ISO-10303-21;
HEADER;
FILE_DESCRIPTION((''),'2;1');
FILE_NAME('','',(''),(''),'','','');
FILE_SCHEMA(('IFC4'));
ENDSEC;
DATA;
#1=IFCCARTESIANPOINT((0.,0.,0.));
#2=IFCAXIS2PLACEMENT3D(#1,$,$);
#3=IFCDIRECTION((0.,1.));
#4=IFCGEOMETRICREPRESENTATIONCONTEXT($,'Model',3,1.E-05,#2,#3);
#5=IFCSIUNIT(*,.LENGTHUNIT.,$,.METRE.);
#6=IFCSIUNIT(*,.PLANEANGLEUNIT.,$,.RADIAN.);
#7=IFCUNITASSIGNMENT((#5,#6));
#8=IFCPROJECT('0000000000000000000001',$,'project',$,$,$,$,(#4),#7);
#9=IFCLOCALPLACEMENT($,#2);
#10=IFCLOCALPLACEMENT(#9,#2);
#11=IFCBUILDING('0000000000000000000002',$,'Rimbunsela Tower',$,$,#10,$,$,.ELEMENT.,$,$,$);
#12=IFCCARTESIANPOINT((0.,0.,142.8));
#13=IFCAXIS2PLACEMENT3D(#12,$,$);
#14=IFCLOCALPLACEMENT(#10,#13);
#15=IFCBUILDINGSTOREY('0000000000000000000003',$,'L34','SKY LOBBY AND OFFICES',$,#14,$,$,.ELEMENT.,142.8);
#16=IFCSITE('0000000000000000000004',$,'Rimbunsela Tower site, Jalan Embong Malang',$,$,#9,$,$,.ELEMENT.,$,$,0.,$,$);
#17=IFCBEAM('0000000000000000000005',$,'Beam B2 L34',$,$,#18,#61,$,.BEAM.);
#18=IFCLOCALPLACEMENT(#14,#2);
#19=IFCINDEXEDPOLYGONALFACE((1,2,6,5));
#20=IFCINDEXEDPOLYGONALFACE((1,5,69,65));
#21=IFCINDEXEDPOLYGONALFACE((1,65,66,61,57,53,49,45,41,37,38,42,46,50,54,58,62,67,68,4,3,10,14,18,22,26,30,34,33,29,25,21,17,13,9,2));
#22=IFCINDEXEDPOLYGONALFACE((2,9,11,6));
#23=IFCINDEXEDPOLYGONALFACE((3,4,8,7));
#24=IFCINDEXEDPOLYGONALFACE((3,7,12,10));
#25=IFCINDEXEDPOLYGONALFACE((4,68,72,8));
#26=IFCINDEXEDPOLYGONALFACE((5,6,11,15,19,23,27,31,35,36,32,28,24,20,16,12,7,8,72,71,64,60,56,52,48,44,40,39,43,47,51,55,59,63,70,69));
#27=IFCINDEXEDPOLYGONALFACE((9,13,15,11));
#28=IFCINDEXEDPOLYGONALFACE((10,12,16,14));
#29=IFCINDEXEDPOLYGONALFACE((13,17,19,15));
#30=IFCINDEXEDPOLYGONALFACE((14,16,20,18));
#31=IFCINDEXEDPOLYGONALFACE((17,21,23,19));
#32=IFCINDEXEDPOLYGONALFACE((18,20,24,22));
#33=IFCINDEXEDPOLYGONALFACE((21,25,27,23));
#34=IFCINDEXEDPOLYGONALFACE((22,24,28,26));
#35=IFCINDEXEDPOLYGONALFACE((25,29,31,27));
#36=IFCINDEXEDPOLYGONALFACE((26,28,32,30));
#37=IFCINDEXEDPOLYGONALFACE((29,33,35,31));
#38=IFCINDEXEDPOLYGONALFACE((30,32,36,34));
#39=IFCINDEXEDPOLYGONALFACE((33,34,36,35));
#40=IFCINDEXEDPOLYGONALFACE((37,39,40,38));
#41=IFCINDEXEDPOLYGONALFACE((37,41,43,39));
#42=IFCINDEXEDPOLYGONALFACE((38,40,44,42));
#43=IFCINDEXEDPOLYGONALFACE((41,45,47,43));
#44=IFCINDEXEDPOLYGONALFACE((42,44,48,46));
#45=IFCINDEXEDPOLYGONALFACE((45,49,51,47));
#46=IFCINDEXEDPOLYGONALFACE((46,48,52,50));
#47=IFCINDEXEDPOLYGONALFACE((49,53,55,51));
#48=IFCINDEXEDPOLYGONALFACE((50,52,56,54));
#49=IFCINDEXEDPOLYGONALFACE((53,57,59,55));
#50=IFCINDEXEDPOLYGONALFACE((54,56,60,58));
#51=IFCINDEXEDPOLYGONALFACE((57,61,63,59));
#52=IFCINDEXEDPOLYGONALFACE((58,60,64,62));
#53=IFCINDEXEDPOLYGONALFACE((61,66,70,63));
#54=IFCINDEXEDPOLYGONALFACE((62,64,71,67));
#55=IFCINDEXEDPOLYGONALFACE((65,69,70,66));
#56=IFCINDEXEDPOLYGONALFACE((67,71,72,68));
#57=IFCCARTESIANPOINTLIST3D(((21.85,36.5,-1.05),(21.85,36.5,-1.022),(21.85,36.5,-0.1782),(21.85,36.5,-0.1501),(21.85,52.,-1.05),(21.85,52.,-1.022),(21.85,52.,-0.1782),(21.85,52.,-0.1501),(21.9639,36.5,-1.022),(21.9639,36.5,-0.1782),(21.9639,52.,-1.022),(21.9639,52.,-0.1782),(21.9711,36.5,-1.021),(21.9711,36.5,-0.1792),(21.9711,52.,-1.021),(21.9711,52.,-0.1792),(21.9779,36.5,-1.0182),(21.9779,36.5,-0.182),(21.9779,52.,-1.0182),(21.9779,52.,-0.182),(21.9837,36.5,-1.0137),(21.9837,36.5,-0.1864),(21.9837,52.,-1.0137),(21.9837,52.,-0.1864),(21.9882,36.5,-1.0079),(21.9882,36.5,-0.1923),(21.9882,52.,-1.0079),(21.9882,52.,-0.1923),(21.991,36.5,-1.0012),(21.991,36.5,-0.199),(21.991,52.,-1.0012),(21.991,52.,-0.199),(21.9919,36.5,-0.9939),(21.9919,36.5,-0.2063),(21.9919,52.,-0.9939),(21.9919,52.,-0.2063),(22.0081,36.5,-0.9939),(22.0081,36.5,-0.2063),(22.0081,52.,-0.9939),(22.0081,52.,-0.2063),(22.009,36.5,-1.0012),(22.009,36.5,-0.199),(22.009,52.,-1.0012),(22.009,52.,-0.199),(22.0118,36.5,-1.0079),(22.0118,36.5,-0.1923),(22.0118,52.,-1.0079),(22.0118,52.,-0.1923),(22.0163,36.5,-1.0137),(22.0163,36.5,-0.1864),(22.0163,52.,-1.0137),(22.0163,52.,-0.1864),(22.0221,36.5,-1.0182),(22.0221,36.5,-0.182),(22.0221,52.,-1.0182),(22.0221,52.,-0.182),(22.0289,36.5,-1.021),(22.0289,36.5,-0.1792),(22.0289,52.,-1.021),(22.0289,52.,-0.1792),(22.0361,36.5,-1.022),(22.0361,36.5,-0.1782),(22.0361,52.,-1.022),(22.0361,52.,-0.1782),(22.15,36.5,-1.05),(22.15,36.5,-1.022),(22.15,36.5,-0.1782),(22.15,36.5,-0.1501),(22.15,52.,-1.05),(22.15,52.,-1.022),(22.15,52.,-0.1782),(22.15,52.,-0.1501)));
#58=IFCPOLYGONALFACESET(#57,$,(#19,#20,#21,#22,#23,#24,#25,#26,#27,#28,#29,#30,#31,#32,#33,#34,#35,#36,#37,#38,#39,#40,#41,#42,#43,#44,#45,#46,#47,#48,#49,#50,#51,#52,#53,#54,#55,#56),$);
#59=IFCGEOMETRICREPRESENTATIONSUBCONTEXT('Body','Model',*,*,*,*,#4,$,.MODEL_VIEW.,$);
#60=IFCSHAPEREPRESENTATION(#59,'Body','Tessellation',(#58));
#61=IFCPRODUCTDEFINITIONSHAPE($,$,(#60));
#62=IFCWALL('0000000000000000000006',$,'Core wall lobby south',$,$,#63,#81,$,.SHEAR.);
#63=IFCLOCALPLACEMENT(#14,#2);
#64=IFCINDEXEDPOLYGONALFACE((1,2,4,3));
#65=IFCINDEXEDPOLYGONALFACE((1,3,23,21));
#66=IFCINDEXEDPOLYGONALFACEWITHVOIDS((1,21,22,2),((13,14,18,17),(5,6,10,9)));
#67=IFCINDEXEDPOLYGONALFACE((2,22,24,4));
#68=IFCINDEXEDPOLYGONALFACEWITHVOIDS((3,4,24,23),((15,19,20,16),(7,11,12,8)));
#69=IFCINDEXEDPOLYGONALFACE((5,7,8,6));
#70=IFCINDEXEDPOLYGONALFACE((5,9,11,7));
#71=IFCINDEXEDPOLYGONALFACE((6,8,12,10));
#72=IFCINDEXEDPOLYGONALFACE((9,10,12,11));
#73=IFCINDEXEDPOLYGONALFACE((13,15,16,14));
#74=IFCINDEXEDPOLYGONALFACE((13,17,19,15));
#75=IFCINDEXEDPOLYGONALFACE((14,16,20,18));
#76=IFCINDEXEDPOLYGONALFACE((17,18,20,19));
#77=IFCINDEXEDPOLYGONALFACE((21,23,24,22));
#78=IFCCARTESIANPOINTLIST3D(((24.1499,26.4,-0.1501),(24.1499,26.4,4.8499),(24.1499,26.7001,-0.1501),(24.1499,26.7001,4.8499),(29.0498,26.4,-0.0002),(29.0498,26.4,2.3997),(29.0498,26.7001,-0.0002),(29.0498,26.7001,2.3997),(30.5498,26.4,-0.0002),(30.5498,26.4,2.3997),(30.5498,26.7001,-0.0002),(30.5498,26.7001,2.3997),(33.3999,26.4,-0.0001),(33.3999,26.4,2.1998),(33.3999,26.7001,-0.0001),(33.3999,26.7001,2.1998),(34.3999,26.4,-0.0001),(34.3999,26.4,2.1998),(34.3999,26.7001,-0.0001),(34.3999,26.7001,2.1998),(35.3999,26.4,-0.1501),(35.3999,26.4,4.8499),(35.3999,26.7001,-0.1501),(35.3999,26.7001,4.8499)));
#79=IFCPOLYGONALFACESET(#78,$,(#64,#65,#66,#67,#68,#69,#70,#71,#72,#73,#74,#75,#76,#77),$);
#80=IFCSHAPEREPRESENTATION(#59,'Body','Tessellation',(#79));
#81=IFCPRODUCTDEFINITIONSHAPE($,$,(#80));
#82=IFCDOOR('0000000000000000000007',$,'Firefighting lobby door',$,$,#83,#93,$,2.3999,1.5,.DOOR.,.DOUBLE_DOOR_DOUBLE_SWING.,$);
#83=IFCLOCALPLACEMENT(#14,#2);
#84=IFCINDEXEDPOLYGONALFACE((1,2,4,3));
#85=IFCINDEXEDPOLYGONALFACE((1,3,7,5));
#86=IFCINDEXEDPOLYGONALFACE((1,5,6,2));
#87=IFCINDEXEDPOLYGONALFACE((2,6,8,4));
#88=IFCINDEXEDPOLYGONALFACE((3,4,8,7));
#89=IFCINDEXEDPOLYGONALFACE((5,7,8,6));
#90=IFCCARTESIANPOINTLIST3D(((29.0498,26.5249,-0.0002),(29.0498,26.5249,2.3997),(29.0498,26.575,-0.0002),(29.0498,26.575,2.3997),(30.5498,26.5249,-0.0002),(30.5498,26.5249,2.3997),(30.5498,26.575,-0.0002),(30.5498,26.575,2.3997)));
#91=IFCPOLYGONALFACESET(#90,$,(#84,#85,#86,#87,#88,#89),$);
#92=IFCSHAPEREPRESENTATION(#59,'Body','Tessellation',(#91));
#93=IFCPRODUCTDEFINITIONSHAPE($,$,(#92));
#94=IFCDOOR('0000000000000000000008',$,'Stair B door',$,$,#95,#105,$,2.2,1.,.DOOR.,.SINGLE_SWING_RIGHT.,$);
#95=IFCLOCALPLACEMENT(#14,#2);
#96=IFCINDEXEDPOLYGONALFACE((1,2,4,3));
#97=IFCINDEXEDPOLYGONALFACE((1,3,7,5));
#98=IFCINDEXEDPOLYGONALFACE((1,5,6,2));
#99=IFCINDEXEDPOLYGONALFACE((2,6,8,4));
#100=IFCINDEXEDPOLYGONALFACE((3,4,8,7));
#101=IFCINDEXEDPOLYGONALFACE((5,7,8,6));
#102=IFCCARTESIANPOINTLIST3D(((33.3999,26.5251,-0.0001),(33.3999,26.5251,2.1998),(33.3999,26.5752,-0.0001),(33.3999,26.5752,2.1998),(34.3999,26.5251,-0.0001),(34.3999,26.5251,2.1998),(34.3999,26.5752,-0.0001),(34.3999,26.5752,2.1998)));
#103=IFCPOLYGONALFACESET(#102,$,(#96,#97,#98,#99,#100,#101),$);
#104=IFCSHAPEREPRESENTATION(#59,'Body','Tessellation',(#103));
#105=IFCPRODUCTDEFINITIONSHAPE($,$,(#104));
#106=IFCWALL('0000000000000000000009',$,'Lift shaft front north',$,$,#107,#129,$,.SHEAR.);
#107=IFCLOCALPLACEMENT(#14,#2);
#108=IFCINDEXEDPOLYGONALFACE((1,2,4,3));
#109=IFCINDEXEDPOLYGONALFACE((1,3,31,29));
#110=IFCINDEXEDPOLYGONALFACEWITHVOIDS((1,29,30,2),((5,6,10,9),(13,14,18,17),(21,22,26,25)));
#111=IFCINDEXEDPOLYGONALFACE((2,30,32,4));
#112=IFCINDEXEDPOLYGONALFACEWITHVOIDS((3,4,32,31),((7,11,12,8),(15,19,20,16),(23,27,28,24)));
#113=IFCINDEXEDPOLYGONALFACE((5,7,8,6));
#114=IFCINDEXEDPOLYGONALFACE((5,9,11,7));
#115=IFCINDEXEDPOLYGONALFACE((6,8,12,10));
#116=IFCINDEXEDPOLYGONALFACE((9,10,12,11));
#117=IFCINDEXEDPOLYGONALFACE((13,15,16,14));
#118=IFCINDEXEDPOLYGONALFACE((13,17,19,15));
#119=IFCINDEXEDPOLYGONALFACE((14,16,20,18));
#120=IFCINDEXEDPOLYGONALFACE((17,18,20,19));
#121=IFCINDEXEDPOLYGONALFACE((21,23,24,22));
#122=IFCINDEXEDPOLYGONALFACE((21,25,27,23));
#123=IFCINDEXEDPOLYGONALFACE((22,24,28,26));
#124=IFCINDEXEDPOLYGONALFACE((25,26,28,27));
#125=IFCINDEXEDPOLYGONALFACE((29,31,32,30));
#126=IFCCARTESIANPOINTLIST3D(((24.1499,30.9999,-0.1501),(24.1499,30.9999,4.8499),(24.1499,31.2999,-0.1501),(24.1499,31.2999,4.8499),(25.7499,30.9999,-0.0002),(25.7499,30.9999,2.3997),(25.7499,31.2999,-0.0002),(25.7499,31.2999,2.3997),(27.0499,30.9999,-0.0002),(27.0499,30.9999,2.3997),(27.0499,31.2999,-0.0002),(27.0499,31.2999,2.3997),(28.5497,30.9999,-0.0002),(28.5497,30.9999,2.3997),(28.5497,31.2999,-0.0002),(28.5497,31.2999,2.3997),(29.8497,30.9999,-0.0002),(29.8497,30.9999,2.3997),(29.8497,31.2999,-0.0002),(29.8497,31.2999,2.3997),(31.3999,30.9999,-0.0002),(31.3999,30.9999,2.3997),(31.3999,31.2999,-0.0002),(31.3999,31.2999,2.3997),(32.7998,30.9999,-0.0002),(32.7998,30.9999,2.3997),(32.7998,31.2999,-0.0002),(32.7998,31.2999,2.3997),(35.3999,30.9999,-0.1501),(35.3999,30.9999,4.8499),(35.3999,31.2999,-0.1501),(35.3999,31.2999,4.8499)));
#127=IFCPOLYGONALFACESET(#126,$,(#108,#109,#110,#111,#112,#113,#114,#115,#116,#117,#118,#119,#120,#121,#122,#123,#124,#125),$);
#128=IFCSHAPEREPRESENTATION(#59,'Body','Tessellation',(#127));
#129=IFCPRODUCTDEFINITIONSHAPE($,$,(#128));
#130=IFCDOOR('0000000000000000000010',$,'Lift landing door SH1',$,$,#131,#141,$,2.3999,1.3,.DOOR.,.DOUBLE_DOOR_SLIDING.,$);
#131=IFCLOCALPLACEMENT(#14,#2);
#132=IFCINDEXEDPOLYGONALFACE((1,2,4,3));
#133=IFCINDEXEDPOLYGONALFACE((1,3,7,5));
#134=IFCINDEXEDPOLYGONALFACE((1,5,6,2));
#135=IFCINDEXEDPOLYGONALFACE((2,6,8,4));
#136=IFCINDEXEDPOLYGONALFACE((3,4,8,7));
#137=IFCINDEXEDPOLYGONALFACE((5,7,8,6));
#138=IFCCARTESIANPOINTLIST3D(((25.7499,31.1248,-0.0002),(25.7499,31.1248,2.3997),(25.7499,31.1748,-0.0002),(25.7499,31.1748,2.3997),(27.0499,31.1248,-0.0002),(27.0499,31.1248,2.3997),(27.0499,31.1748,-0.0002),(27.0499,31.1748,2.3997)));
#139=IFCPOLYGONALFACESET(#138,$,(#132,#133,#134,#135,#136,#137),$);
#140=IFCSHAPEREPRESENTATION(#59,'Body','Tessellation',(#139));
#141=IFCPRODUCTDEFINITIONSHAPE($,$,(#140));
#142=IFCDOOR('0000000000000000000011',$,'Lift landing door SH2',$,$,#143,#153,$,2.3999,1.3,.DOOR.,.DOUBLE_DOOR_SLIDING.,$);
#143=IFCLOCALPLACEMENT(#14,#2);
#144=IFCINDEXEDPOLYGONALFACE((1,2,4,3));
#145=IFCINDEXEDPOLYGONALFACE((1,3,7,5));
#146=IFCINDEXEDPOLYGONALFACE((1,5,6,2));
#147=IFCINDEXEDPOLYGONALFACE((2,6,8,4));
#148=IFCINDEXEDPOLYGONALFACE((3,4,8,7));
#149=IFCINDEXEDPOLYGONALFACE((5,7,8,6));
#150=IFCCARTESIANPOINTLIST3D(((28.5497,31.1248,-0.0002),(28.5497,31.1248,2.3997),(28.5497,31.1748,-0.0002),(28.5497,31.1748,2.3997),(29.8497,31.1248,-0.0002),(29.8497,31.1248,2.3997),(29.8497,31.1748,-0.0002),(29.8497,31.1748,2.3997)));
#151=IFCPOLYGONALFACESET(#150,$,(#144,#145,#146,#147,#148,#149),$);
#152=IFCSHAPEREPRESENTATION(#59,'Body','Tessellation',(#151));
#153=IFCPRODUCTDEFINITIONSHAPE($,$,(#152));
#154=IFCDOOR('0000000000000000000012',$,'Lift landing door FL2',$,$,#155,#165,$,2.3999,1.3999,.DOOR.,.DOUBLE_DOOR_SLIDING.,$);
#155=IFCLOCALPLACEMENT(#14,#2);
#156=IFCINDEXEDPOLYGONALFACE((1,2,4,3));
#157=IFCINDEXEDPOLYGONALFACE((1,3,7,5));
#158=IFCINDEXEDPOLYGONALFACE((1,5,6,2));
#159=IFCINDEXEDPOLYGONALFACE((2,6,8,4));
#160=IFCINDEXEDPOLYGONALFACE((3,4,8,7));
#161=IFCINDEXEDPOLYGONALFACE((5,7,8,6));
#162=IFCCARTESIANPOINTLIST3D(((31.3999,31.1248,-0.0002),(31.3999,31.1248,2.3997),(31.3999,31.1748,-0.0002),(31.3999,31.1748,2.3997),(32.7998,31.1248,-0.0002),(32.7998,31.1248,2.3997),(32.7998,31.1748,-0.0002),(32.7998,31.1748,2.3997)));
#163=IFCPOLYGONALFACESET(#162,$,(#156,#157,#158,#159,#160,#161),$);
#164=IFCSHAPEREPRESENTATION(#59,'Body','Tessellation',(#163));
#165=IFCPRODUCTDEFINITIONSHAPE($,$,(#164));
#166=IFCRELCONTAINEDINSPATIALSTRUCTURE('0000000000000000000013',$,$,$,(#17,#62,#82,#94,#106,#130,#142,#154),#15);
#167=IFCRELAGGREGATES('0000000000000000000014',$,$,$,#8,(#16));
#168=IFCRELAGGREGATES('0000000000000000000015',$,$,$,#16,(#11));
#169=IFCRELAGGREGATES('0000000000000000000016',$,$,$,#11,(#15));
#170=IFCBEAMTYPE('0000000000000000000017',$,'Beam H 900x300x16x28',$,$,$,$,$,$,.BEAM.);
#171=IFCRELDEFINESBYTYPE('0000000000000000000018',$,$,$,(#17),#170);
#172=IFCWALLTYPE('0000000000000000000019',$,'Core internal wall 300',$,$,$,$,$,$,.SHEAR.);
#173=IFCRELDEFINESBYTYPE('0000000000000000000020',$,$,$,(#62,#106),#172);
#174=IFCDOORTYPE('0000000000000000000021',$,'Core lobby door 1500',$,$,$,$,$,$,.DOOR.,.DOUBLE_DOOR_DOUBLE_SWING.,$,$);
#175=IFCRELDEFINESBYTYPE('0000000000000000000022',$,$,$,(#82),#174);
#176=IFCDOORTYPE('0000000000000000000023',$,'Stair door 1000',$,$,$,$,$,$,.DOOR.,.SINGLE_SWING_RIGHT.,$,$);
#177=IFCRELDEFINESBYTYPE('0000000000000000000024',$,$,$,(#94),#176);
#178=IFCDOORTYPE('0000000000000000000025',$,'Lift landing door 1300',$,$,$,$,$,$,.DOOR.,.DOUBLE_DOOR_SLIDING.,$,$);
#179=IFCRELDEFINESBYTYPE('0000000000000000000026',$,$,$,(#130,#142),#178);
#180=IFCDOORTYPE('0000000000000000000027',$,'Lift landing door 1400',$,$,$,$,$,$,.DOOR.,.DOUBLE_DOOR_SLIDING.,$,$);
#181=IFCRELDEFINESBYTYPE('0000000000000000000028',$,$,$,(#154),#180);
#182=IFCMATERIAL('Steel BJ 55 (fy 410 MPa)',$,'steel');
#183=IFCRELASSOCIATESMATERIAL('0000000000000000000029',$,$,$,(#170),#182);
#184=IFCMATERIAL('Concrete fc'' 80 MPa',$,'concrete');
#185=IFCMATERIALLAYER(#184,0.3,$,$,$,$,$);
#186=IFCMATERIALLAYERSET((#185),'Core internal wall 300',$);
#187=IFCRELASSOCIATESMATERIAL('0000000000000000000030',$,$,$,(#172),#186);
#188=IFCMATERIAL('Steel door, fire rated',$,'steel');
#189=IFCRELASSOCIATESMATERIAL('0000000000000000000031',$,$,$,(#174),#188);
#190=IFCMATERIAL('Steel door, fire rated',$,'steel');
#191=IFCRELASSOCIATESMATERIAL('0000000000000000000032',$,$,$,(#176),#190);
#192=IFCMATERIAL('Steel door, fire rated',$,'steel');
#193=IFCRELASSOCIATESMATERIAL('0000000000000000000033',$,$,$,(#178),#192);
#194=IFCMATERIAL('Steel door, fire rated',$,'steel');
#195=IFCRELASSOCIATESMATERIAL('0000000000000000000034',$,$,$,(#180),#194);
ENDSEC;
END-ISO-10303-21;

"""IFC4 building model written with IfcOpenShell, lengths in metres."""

from ifc_helpers import new_model, si_unit, direction, frame, frame_2d, origin, origin_2d, place, context, subcontext, project, spatial, rectangle, i_section, extrude, material, layer, layer_set, material_profile, profile_set, type_object, element, fill, save


model = new_model("IFC4")

# Units and contexts
model_context = context("Model", 3, precision=1e-05, world=origin(), true_north=direction((0.0, 1.0)))
body_context = subcontext(model_context, "Body", "Model", "MODEL_VIEW")
ifc_project = project(units=[si_unit("LENGTHUNIT", "METRE"), si_unit("PLANEANGLEUNIT", "RADIAN")], contexts=[model_context])

# Site, building, storey
site_placement = place(None, origin())
site = spatial("IfcSite", under=ifc_project, at=site_placement, Name="Rimbunsela Tower site, Jalan Embong Malang", CompositionType="ELEMENT", RefElevation=0.0)
building_placement = place(site_placement, origin())
building = spatial("IfcBuilding", under=site, at=building_placement, Name="Rimbunsela Tower", CompositionType="ELEMENT")
storey_placement = place(building_placement, frame((0.0, 0.0, 142.8)))
storey = spatial("IfcBuildingStorey", under=building, at=storey_placement, Name="L34", Description="SKY LOBBY AND OFFICES", CompositionType="ELEMENT", Elevation=142.8)

# Beam
ifc_material_1 = material(Name="Steel BJ 55 (fy 410 MPa)", Category="steel")
ifc_material_profile = material_profile(ifc_material_1, i_section(OverallWidth=0.3, OverallDepth=0.8999, WebThickness=0.0161, FlangeThickness=0.0281, FilletRadius=0.0281, at=origin_2d()), Name="H 900x300x16x28")
ifc_profile_set = profile_set([ifc_material_profile], Name="Steel BJ 55 (fy 410 MPa)")
beam_type = type_object("IfcBeamType", Name="Beam H 900x300x16x28", PredefinedType="BEAM", material=ifc_profile_set)
beam_placement = place(storey_placement, frame((22.0, 36.5, -0.6001), z_axis=(0.0, 1.0, 0.0), x_axis=(-1.0, 0.0, 0.0)))
element("IfcBeam", 1, at=beam_placement, inside=storey, type_object=beam_type, Name="Beam B2 L34", PredefinedType="BEAM", context=body_context, shape_type="SweptSolid", body=[
    extrude(i_section(OverallWidth=0.3, OverallDepth=0.8999, WebThickness=0.0161, FlangeThickness=0.0281, FilletRadius=0.0281, at=origin_2d()), origin(), (0.0, 0.0, 1.0), 15.5),
])

# Walls, openings, doors
ifc_material_2 = material(Name="Concrete fc' 80 MPa", Category="concrete")
ifc_layer_1 = layer(ifc_material_2, 0.3)
ifc_layer_set_1 = layer_set([ifc_layer_1], Name="Core internal wall 300")
wall_type_1 = type_object("IfcWallType", Name="Core internal wall 300", PredefinedType="SHEAR", material=ifc_layer_set_1)
wall_1_placement = place(storey_placement, frame((24.1499, 26.55, -0.1501), z_axis=(0.0, 0.0, 1.0), x_axis=(1.0, 0.0, 0.0)))
wall_1 = element("IfcWall", 2, at=wall_1_placement, inside=storey, type_object=wall_type_1, Name="Core wall lobby south", PredefinedType="SHEAR", context=body_context, shape_type="SweptSolid", body=[
    extrude(rectangle(XDim=11.25, YDim=0.3, at=frame_2d((5.625, 0.0))), origin(), (0.0, 0.0, 1.0), 5.0),
])
opening_1_placement = place(wall_1_placement, frame((9.25, 0.0, 0.1499)))
opening_1 = element("IfcOpeningElement", 3, at=opening_1_placement, cuts=wall_1, PredefinedType="OPENING", context=body_context, shape_type="SweptSolid", body=[
    extrude(rectangle(XDim=1.0, YDim=2.2, at=frame_2d((0.5, 1.1001))), frame((0.0, 0.1599, 0.0), z_axis=(0.0, -1.0, 0.0), x_axis=(1.0, 0.0, 0.0)), (0.0, 0.0, 1.0), 0.3201),
])
opening_2_placement = place(wall_1_placement, frame((4.8999, 0.0, 0.1499)))
opening_2 = element("IfcOpeningElement", 4, at=opening_2_placement, cuts=wall_1, PredefinedType="OPENING", context=body_context, shape_type="SweptSolid", body=[
    extrude(rectangle(XDim=1.5, YDim=2.3999, at=frame_2d((0.75, 1.2))), frame((0.0, 0.1599, 0.0), z_axis=(0.0, -1.0, 0.0), x_axis=(1.0, 0.0, 0.0)), (0.0, 0.0, 1.0), 0.3201),
])
ifc_material_3 = material(Name="Steel door, fire rated", Category="steel")
door_type_1 = type_object("IfcDoorType", Name="Core lobby door 1500", OperationType="DOUBLE_DOOR_DOUBLE_SWING", PredefinedType="DOOR", material=ifc_material_3)
door_1_placement = place(opening_2_placement, origin())
door_1 = element("IfcDoor", 5, at=door_1_placement, inside=storey, type_object=door_type_1, Name="Firefighting lobby door", OperationType="DOUBLE_DOOR_DOUBLE_SWING", OverallHeight=2.3999, OverallWidth=1.5, PredefinedType="DOOR", context=body_context, shape_type="SweptSolid", body=[
    extrude(rectangle(XDim=1.5, YDim=2.3999, at=frame_2d((0.75, 1.2))), frame((0.0, 0.0249, 0.0), z_axis=(0.0, -1.0, 0.0), x_axis=(1.0, 0.0, 0.0)), (0.0, 0.0, 1.0), 0.05),
])
fill(opening_2, door_1)
ifc_material_4 = material(Name="Steel door, fire rated", Category="steel")
door_type_2 = type_object("IfcDoorType", Name="Stair door 1000", OperationType="SINGLE_SWING_RIGHT", PredefinedType="DOOR", material=ifc_material_4)
door_2_placement = place(opening_1_placement, frame((1.0, 0.0, 0.0), z_axis=(0.0, 0.0, 1.0), x_axis=(-1.0, 0.0, 0.0)))
door_2 = element("IfcDoor", 6, at=door_2_placement, inside=storey, type_object=door_type_2, Name="Stair B door", OperationType="SINGLE_SWING_RIGHT", OverallHeight=2.2, OverallWidth=1.0, PredefinedType="DOOR", context=body_context, shape_type="SweptSolid", body=[
    extrude(rectangle(XDim=1.0, YDim=2.2, at=frame_2d((0.5, 1.1001))), frame((0.0, 0.0249, 0.0), z_axis=(0.0, -1.0, 0.0), x_axis=(1.0, 0.0, 0.0)), (0.0, 0.0, 1.0), 0.05),
])
fill(opening_1, door_2)
wall_2_placement = place(storey_placement, frame((24.1499, 31.1499, -0.1501), z_axis=(0.0, 0.0, 1.0), x_axis=(1.0, 0.0, 0.0)))
wall_2 = element("IfcWall", 7, at=wall_2_placement, inside=storey, type_object=wall_type_1, Name="Lift shaft front north", PredefinedType="SHEAR", context=body_context, shape_type="SweptSolid", body=[
    extrude(rectangle(XDim=11.25, YDim=0.3, at=frame_2d((5.625, 0.0))), origin(), (0.0, 0.0, 1.0), 5.0),
])
opening_3_placement = place(wall_2_placement, frame((1.6001, 0.0, 0.1499)))
opening_3 = element("IfcOpeningElement", 8, at=opening_3_placement, cuts=wall_2, PredefinedType="OPENING", context=body_context, shape_type="SweptSolid", body=[
    extrude(rectangle(XDim=1.3, YDim=2.3999, at=frame_2d((0.6499, 1.2))), frame((0.0, 0.1599, 0.0), z_axis=(0.0, -1.0, 0.0), x_axis=(1.0, 0.0, 0.0)), (0.0, 0.0, 1.0), 0.3201),
])
opening_4_placement = place(wall_2_placement, frame((4.3999, 0.0, 0.1499)))
opening_4 = element("IfcOpeningElement", 9, at=opening_4_placement, cuts=wall_2, PredefinedType="OPENING", context=body_context, shape_type="SweptSolid", body=[
    extrude(rectangle(XDim=1.3, YDim=2.3999, at=frame_2d((0.6499, 1.2))), frame((0.0, 0.1599, 0.0), z_axis=(0.0, -1.0, 0.0), x_axis=(1.0, 0.0, 0.0)), (0.0, 0.0, 1.0), 0.3201),
])
opening_5_placement = place(wall_2_placement, frame((7.25, 0.0, 0.1499)))
opening_5 = element("IfcOpeningElement", 10, at=opening_5_placement, cuts=wall_2, PredefinedType="OPENING", context=body_context, shape_type="SweptSolid", body=[
    extrude(rectangle(XDim=1.3999, YDim=2.3999, at=frame_2d((0.7, 1.2))), frame((0.0, 0.1599, 0.0), z_axis=(0.0, -1.0, 0.0), x_axis=(1.0, 0.0, 0.0)), (0.0, 0.0, 1.0), 0.3201),
])
ifc_material_5 = material(Name="Steel door, fire rated", Category="steel")
door_type_3 = type_object("IfcDoorType", Name="Lift landing door 1300", OperationType="DOUBLE_DOOR_SLIDING", PredefinedType="DOOR", material=ifc_material_5)
door_3_placement = place(opening_3_placement, origin())
door_3 = element("IfcDoor", 11, at=door_3_placement, inside=storey, type_object=door_type_3, Name="Lift landing door SH1", OperationType="DOUBLE_DOOR_SLIDING", OverallHeight=2.3999, OverallWidth=1.3, PredefinedType="DOOR", context=body_context, shape_type="SweptSolid", body=[
    extrude(rectangle(XDim=1.3, YDim=2.3999, at=frame_2d((0.6499, 1.2))), frame((0.0, 0.0249, 0.0), z_axis=(0.0, -1.0, 0.0), x_axis=(1.0, 0.0, 0.0)), (0.0, 0.0, 1.0), 0.05),
])
fill(opening_3, door_3)
door_4_placement = place(opening_4_placement, origin())
door_4 = element("IfcDoor", 12, at=door_4_placement, inside=storey, type_object=door_type_3, Name="Lift landing door SH2", OperationType="DOUBLE_DOOR_SLIDING", OverallHeight=2.3999, OverallWidth=1.3, PredefinedType="DOOR", context=body_context, shape_type="SweptSolid", body=[
    extrude(rectangle(XDim=1.3, YDim=2.3999, at=frame_2d((0.6499, 1.2))), frame((0.0, 0.0249, 0.0), z_axis=(0.0, -1.0, 0.0), x_axis=(1.0, 0.0, 0.0)), (0.0, 0.0, 1.0), 0.05),
])
fill(opening_4, door_4)
ifc_material_6 = material(Name="Steel door, fire rated", Category="steel")
door_type_4 = type_object("IfcDoorType", Name="Lift landing door 1400", OperationType="DOUBLE_DOOR_SLIDING", PredefinedType="DOOR", material=ifc_material_6)
door_5_placement = place(opening_5_placement, origin())
door_5 = element("IfcDoor", 13, at=door_5_placement, inside=storey, type_object=door_type_4, Name="Lift landing door FL2", OperationType="DOUBLE_DOOR_SLIDING", OverallHeight=2.3999, OverallWidth=1.3999, PredefinedType="DOOR", context=body_context, shape_type="SweptSolid", body=[
    extrude(rectangle(XDim=1.3999, YDim=2.3999, at=frame_2d((0.7, 1.2))), frame((0.0, 0.0249, 0.0), z_axis=(0.0, -1.0, 0.0), x_axis=(1.0, 0.0, 0.0)), (0.0, 0.0, 1.0), 0.05),
])
fill(opening_5, door_5)

save(model, "model.ifc")
